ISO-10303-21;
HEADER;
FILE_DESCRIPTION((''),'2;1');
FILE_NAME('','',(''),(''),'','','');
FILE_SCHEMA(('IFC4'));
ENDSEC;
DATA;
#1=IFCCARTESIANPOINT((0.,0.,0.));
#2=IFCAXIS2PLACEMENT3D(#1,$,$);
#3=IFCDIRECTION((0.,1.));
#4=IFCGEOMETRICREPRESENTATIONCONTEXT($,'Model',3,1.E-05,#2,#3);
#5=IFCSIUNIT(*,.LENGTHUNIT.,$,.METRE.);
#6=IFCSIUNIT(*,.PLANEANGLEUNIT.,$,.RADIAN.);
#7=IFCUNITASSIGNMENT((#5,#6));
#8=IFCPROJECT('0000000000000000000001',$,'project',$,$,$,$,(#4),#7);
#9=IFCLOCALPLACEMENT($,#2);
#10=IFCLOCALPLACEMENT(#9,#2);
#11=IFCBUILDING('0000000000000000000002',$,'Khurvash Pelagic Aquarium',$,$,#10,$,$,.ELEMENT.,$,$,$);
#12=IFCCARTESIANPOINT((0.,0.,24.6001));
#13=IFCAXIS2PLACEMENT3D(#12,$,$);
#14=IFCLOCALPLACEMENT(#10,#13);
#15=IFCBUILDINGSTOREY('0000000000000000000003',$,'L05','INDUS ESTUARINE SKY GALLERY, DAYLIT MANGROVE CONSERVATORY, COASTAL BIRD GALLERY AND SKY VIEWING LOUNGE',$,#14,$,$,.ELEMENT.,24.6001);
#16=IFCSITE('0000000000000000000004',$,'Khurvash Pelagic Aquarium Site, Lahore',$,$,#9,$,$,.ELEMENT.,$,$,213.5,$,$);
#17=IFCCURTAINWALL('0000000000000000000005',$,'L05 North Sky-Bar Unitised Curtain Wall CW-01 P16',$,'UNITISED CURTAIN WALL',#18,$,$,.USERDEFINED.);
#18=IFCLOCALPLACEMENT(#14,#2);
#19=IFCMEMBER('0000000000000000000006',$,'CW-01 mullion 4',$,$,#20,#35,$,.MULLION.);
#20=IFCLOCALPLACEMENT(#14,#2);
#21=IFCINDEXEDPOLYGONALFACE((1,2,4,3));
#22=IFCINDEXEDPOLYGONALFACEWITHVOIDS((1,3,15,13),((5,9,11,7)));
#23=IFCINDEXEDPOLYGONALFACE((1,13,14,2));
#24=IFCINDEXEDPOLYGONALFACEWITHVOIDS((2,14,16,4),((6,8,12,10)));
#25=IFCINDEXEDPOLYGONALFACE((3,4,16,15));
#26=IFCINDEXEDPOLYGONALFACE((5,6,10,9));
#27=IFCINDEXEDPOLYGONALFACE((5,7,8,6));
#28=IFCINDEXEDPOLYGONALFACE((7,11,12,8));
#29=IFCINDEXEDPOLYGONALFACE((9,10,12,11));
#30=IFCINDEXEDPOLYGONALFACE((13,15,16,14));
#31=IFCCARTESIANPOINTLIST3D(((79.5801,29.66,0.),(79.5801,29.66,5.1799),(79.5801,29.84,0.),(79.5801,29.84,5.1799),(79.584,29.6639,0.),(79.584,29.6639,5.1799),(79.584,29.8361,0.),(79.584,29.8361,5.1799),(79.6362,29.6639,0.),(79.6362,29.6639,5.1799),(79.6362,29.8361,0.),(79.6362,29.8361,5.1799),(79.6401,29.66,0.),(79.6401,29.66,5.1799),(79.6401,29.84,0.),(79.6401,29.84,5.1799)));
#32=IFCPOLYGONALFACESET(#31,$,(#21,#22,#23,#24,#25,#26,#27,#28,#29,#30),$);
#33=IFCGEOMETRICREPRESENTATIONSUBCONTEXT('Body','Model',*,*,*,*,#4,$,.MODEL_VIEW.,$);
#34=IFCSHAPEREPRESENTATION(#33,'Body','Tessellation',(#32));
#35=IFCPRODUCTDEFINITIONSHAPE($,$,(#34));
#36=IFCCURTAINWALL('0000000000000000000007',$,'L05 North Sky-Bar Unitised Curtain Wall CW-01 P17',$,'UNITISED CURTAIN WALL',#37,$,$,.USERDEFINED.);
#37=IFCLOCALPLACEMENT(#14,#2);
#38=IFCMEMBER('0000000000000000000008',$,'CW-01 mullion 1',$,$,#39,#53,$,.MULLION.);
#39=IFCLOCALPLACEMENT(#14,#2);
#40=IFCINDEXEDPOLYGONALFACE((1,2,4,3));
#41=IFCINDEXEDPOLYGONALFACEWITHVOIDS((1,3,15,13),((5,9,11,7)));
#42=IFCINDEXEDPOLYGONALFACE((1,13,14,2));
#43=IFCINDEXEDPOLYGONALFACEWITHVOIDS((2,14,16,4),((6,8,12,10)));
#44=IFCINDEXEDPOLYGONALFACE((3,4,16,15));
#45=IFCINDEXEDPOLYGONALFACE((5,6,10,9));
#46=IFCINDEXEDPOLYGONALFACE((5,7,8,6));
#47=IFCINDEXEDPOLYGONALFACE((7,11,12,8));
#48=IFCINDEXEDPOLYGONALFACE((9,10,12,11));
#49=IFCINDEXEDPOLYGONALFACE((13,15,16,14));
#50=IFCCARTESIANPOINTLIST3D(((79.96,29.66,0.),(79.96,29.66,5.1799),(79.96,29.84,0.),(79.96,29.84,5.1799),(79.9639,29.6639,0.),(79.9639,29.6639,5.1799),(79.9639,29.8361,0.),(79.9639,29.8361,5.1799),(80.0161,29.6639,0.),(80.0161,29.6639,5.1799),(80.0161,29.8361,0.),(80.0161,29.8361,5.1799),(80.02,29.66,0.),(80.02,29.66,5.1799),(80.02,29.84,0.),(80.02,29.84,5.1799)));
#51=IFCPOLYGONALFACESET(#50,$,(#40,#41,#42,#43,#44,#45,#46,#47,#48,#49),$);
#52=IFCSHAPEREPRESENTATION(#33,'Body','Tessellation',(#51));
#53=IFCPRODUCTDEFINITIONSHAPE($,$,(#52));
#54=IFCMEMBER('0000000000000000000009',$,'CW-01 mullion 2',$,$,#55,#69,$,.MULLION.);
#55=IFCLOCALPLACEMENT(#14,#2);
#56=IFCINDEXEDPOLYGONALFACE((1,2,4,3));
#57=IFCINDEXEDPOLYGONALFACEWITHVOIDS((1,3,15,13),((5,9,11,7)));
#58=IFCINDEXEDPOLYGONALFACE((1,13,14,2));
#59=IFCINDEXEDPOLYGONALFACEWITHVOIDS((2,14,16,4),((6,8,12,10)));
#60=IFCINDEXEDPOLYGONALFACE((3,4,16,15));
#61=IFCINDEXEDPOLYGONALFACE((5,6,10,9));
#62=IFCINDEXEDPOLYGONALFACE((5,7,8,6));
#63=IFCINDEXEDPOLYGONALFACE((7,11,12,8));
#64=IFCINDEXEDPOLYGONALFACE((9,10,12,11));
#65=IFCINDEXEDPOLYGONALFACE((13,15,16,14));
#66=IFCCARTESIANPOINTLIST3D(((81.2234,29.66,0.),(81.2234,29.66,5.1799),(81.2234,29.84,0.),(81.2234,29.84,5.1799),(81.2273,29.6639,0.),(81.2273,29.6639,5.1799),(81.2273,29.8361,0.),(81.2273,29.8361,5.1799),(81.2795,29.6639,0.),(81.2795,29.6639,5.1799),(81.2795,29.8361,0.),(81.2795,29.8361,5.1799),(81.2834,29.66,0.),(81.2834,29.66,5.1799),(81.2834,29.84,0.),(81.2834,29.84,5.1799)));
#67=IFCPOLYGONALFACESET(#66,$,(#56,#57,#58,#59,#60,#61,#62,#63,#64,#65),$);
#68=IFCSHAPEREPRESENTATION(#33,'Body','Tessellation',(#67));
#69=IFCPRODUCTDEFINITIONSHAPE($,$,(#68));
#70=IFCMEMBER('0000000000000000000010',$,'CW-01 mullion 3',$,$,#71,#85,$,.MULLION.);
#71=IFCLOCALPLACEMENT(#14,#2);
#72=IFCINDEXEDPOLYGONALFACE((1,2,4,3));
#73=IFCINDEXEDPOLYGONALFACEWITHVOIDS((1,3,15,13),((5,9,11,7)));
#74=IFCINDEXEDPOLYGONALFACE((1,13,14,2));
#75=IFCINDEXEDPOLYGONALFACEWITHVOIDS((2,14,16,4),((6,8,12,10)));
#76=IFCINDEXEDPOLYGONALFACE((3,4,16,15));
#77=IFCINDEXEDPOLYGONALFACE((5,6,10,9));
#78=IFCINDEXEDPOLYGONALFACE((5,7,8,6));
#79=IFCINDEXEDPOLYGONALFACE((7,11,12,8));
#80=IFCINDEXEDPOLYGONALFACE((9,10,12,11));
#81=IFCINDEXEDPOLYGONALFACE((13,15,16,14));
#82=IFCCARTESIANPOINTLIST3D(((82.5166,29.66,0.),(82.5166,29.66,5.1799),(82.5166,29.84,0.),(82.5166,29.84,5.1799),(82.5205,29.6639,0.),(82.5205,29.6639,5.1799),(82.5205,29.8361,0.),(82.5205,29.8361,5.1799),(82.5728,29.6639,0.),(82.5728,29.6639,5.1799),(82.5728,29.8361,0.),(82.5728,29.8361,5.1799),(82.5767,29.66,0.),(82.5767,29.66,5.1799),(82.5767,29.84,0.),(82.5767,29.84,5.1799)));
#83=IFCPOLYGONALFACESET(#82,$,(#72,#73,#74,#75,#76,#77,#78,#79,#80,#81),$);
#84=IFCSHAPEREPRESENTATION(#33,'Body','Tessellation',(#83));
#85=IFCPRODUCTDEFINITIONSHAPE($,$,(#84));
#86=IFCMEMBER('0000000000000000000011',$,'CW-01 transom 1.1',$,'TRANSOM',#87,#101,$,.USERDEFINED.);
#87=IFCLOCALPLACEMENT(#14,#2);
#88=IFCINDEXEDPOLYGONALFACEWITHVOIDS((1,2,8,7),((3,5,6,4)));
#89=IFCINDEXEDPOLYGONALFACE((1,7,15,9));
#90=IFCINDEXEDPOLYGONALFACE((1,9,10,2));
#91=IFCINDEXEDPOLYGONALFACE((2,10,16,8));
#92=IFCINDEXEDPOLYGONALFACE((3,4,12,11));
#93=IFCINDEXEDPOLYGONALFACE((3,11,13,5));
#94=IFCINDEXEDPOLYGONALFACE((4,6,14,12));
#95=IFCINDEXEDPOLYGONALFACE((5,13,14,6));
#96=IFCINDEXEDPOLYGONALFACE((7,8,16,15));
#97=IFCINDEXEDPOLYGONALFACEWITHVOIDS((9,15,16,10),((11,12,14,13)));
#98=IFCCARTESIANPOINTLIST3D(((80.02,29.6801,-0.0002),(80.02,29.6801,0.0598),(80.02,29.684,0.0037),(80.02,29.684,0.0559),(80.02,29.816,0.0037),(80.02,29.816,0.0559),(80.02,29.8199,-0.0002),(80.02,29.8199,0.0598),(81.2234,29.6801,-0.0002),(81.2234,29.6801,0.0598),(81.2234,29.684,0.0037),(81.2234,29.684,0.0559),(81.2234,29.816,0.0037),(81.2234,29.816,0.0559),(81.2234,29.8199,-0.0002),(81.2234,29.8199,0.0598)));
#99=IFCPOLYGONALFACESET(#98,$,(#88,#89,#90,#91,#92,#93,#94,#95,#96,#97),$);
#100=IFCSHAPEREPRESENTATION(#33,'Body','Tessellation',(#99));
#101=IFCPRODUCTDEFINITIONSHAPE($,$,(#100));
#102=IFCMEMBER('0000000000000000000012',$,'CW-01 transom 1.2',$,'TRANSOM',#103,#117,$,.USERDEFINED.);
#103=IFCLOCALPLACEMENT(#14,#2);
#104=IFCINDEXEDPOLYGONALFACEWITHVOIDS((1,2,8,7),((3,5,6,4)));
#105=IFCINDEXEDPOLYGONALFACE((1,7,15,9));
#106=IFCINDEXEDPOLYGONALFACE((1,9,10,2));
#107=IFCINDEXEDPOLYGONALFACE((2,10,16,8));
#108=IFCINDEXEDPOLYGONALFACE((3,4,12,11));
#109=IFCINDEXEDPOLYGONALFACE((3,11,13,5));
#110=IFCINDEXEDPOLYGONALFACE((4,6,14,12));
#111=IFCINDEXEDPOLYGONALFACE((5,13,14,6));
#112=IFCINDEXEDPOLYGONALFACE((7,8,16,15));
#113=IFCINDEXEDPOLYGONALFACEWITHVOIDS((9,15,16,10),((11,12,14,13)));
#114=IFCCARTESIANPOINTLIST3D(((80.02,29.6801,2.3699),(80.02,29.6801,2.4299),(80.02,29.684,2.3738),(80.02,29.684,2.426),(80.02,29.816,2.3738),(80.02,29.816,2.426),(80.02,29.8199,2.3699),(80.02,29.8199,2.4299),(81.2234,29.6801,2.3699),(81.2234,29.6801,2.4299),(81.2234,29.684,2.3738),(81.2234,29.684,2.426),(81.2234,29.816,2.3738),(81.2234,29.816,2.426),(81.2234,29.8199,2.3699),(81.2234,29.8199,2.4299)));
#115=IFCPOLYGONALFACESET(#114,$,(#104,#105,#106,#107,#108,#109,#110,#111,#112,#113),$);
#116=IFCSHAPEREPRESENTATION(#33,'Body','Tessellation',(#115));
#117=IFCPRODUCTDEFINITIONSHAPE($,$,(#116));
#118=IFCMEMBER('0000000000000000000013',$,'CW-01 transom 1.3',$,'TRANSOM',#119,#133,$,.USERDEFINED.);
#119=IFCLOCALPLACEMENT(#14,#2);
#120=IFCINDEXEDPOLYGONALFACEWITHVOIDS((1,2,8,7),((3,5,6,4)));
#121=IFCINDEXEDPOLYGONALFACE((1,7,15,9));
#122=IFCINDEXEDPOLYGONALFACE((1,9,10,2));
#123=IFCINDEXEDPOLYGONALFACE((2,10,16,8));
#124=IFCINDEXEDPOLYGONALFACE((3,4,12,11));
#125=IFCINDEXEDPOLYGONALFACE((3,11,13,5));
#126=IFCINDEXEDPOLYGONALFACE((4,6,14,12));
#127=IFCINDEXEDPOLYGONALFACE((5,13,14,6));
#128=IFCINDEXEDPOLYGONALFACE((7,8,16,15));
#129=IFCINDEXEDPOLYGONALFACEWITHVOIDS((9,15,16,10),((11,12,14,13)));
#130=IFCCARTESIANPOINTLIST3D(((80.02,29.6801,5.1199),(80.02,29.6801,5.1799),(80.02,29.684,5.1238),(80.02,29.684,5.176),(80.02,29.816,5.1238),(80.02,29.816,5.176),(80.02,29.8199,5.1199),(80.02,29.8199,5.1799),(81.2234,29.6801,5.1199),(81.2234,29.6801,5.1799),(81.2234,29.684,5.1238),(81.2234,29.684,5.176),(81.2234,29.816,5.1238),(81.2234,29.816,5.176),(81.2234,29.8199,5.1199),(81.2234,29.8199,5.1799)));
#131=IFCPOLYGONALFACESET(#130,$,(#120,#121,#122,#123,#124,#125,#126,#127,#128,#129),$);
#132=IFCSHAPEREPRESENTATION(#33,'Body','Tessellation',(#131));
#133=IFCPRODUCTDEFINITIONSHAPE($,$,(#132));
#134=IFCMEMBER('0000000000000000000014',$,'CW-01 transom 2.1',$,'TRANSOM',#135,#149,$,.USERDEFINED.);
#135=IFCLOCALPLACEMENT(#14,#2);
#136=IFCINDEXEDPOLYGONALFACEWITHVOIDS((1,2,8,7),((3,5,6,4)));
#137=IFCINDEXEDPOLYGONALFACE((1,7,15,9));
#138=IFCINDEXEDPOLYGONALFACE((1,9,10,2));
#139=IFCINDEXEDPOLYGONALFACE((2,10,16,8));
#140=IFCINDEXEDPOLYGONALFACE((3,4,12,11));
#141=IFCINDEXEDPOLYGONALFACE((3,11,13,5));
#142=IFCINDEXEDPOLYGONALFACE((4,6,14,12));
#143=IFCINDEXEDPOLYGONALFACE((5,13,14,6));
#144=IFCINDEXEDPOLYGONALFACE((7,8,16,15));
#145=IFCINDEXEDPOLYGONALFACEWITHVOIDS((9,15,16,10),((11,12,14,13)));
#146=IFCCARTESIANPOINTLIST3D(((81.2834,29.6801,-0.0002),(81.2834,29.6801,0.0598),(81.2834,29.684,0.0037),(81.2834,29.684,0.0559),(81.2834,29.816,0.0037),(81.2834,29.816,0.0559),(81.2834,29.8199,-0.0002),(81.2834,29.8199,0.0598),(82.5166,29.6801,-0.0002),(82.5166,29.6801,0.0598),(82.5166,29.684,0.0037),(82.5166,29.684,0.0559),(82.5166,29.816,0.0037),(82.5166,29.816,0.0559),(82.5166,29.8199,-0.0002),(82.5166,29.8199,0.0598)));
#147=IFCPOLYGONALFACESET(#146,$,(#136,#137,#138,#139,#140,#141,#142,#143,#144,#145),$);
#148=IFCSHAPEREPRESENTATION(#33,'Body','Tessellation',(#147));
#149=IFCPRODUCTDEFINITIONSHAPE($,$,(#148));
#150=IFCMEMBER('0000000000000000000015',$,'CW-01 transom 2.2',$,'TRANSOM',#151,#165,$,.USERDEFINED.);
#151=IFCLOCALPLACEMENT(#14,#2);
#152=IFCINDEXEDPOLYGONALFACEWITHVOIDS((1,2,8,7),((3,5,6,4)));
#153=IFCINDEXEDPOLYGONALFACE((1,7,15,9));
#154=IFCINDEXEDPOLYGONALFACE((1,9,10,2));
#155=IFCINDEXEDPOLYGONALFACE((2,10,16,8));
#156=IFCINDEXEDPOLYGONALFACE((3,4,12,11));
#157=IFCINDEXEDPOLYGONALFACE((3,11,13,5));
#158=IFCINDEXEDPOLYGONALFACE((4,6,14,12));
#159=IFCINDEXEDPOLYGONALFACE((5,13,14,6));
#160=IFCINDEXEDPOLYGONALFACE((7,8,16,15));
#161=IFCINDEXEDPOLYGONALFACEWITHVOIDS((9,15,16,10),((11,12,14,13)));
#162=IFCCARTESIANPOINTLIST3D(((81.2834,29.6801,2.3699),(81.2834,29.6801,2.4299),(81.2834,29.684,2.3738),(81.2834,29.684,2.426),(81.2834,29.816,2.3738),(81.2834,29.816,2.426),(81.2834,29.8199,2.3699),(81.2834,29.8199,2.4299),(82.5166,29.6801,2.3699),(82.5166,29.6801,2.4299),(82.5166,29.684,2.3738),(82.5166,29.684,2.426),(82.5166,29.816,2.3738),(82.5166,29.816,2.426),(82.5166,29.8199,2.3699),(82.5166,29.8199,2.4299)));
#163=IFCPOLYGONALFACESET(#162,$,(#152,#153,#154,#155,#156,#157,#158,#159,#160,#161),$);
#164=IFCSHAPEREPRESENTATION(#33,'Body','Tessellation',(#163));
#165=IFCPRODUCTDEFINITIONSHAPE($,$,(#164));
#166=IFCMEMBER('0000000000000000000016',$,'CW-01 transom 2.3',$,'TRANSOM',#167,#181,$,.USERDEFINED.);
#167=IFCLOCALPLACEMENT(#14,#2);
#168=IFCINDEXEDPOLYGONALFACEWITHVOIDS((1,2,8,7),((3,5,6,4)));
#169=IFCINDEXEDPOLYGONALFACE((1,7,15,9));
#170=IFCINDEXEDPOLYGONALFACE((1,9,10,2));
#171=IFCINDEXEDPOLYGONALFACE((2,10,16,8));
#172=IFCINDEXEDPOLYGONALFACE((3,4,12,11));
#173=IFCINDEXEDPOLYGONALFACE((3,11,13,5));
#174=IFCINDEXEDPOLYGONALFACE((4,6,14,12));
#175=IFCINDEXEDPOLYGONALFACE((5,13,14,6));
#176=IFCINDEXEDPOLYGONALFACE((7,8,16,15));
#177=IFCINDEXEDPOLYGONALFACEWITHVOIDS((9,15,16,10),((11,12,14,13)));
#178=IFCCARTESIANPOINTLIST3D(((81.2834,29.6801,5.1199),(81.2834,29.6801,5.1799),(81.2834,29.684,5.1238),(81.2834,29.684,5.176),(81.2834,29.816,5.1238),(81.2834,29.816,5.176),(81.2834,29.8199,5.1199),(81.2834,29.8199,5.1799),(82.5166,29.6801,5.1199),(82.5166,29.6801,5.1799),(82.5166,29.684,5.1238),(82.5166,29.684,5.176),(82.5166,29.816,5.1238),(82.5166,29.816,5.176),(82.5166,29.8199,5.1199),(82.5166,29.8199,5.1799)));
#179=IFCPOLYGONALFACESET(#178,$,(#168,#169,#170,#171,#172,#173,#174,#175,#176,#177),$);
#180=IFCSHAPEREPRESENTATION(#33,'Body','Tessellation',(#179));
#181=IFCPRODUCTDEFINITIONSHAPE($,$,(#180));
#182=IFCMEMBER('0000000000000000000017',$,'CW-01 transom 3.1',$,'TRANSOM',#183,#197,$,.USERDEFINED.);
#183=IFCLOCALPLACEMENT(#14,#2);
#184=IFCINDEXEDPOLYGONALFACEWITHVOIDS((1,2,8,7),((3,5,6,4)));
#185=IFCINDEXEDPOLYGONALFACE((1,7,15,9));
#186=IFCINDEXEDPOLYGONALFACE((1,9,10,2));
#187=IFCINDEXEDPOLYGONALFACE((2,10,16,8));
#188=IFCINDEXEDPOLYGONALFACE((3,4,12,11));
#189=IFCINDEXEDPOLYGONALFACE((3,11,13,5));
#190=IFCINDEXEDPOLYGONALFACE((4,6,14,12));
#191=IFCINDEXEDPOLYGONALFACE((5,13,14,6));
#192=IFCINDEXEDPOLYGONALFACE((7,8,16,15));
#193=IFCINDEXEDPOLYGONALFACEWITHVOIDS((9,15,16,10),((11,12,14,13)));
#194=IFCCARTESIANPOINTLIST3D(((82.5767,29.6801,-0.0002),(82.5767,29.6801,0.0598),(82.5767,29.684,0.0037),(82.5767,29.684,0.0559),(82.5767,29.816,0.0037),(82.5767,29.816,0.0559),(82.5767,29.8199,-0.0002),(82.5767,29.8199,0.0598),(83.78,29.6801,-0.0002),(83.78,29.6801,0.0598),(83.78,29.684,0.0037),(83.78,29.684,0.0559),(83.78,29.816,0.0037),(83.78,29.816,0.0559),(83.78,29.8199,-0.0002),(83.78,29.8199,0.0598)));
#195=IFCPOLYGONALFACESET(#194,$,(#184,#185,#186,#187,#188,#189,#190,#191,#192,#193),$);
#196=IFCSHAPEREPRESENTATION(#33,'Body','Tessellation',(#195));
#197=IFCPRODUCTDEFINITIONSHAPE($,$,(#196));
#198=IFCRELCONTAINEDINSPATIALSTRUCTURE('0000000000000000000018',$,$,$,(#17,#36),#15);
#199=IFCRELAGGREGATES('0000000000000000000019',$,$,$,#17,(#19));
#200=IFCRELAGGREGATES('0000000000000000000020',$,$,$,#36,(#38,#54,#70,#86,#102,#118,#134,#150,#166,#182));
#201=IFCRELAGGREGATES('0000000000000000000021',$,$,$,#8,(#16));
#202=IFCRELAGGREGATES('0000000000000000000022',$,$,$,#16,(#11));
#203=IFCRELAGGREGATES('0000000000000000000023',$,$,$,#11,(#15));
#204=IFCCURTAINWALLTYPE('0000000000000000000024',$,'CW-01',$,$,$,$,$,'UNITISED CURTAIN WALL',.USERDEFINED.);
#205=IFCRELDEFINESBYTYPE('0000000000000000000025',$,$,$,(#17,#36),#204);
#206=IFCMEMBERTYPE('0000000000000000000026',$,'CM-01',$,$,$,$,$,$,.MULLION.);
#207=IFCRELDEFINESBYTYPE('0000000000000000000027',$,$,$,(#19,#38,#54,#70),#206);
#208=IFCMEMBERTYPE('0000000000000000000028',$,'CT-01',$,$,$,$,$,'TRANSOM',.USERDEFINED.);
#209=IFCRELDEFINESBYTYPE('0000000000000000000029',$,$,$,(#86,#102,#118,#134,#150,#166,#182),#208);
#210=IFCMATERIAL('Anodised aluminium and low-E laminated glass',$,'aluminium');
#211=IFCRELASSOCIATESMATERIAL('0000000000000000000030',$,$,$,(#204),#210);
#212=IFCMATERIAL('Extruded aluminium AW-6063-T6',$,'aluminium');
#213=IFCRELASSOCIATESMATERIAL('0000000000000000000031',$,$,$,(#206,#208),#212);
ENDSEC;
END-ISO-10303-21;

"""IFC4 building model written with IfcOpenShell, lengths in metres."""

from ifc_helpers import new_model, si_unit, direction, frame, origin, origin_2d, place, context, subcontext, project, spatial, hollow_rectangle, extrude, material, material_profile, profile_set, type_object, element, aggregate, save


model = new_model("IFC4")

# Units and contexts
model_context = context("Model", 3, precision=1e-05, world=origin(), true_north=direction((0.0, 1.0)))
body_context = subcontext(model_context, "Body", "Model", "MODEL_VIEW")
ifc_project = project(units=[si_unit("LENGTHUNIT", "METRE"), si_unit("PLANEANGLEUNIT", "RADIAN")], contexts=[model_context])

# Site, building, storey
site_placement = place(None, origin())
site = spatial("IfcSite", under=ifc_project, at=site_placement, Name="Khurvash Pelagic Aquarium Site, Lahore", CompositionType="ELEMENT", RefElevation=213.5)
building_placement = place(site_placement, origin())
building = spatial("IfcBuilding", under=site, at=building_placement, Name="Khurvash Pelagic Aquarium", CompositionType="ELEMENT")
storey_placement = place(building_placement, frame((0.0, 0.0, 24.6001)))
storey = spatial("IfcBuildingStorey", under=building, at=storey_placement, Name="L05", Description="INDUS ESTUARINE SKY GALLERY, DAYLIT MANGROVE CONSERVATORY, COASTAL BIRD GALLERY AND SKY VIEWING LOUNGE", CompositionType="ELEMENT", Elevation=24.6001)

# Curtain wall, member
ifc_material_1 = material(Name="Anodised aluminium and low-E laminated glass", Category="aluminium")
curtain_wall_type = type_object("IfcCurtainWallType", Name="CW-01", ElementType="UNITISED CURTAIN WALL", PredefinedType="USERDEFINED", material=ifc_material_1)
curtain_wall_1_placement = place(storey_placement, origin())
curtain_wall_1 = element("IfcCurtainWall", 1, at=curtain_wall_1_placement, inside=storey, type_object=curtain_wall_type, Name="L05 North Sky-Bar Unitised Curtain Wall CW-01 P16", ObjectType="UNITISED CURTAIN WALL", PredefinedType="USERDEFINED")
ifc_material_2 = material(Name="Extruded aluminium AW-6063-T6", Category="aluminium")
ifc_material_profile_1 = material_profile(ifc_material_2, hollow_rectangle(XDim=0.0601, YDim=0.1799, WallThickness=0.0039, at=origin_2d()), Name="CWM60X180X4")
ifc_profile_set_1 = profile_set([ifc_material_profile_1], Name="Extruded aluminium AW-6063-T6")
member_type_1 = type_object("IfcMemberType", Name="CM-01", PredefinedType="MULLION", material=ifc_profile_set_1)
member_1_placement = place(storey_placement, frame((79.6101, 29.75, 0.0), z_axis=(0.0, 0.0, 1.0), x_axis=(1.0, 0.0, 0.0)))
member_1 = element("IfcMember", 2, at=member_1_placement, type_object=member_type_1, Name="CW-01 mullion 4", PredefinedType="MULLION", context=body_context, shape_type="SweptSolid", body=[
    extrude(hollow_rectangle(XDim=0.0601, YDim=0.1799, WallThickness=0.0039, at=origin_2d()), origin(), (0.0, 0.0, 1.0), 5.1799),
])

# Curtain wall, members
curtain_wall_2_placement = place(storey_placement, origin())
curtain_wall_2 = element("IfcCurtainWall", 3, at=curtain_wall_2_placement, inside=storey, type_object=curtain_wall_type, Name="L05 North Sky-Bar Unitised Curtain Wall CW-01 P17", ObjectType="UNITISED CURTAIN WALL", PredefinedType="USERDEFINED")
member_2_placement = place(storey_placement, frame((79.99, 29.75, 0.0), z_axis=(0.0, 0.0, 1.0), x_axis=(1.0, 0.0, 0.0)))
member_2 = element("IfcMember", 4, at=member_2_placement, type_object=member_type_1, Name="CW-01 mullion 1", PredefinedType="MULLION", context=body_context, shape_type="SweptSolid", body=[
    extrude(hollow_rectangle(XDim=0.0601, YDim=0.1799, WallThickness=0.0039, at=origin_2d()), origin(), (0.0, 0.0, 1.0), 5.1799),
])
member_3_placement = place(storey_placement, frame((81.2534, 29.75, 0.0), z_axis=(0.0, 0.0, 1.0), x_axis=(1.0, 0.0, 0.0)))
member_3 = element("IfcMember", 5, at=member_3_placement, type_object=member_type_1, Name="CW-01 mullion 2", PredefinedType="MULLION", context=body_context, shape_type="SweptSolid", body=[
    extrude(hollow_rectangle(XDim=0.0601, YDim=0.1799, WallThickness=0.0039, at=origin_2d()), origin(), (0.0, 0.0, 1.0), 5.1799),
])
member_4_placement = place(storey_placement, frame((82.5466, 29.75, 0.0), z_axis=(0.0, 0.0, 1.0), x_axis=(1.0, 0.0, 0.0)))
member_4 = element("IfcMember", 6, at=member_4_placement, type_object=member_type_1, Name="CW-01 mullion 3", PredefinedType="MULLION", context=body_context, shape_type="SweptSolid", body=[
    extrude(hollow_rectangle(XDim=0.0601, YDim=0.1799, WallThickness=0.0039, at=origin_2d()), origin(), (0.0, 0.0, 1.0), 5.1799),
])
ifc_material_profile_2 = material_profile(ifc_material_2, hollow_rectangle(XDim=0.1399, YDim=0.0601, WallThickness=0.0039, at=origin_2d()), Name="CWT140X60X4")
ifc_profile_set_2 = profile_set([ifc_material_profile_2], Name="Extruded aluminium AW-6063-T6")
member_type_2 = type_object("IfcMemberType", Name="CT-01", ElementType="TRANSOM", PredefinedType="USERDEFINED", material=ifc_profile_set_2)
member_5_placement = place(storey_placement, frame((80.02, 29.75, 0.0298), z_axis=(1.0, 0.0, 0.0), x_axis=(0.0, 1.0, 0.0)))
member_5 = element("IfcMember", 7, at=member_5_placement, type_object=member_type_2, Name="CW-01 transom 1.1", ObjectType="TRANSOM", PredefinedType="USERDEFINED", context=body_context, shape_type="SweptSolid", body=[
    extrude(hollow_rectangle(XDim=0.1399, YDim=0.0601, WallThickness=0.0039, at=origin_2d()), origin(), (0.0, 0.0, 1.0), 1.2034),
])
member_6_placement = place(storey_placement, frame((80.02, 29.75, 2.3999), z_axis=(1.0, 0.0, 0.0), x_axis=(0.0, 1.0, 0.0)))
member_6 = element("IfcMember", 8, at=member_6_placement, type_object=member_type_2, Name="CW-01 transom 1.2", ObjectType="TRANSOM", PredefinedType="USERDEFINED", context=body_context, shape_type="SweptSolid", body=[
    extrude(hollow_rectangle(XDim=0.1399, YDim=0.0601, WallThickness=0.0039, at=origin_2d()), origin(), (0.0, 0.0, 1.0), 1.2034),
])
member_7_placement = place(storey_placement, frame((80.02, 29.75, 5.1499), z_axis=(1.0, 0.0, 0.0), x_axis=(0.0, 1.0, 0.0)))
member_7 = element("IfcMember", 9, at=member_7_placement, type_object=member_type_2, Name="CW-01 transom 1.3", ObjectType="TRANSOM", PredefinedType="USERDEFINED", context=body_context, shape_type="SweptSolid", body=[
    extrude(hollow_rectangle(XDim=0.1399, YDim=0.0601, WallThickness=0.0039, at=origin_2d()), origin(), (0.0, 0.0, 1.0), 1.2034),
])
member_8_placement = place(storey_placement, frame((81.2834, 29.75, 0.0298), z_axis=(1.0, 0.0, 0.0), x_axis=(0.0, 1.0, 0.0)))
member_8 = element("IfcMember", 10, at=member_8_placement, type_object=member_type_2, Name="CW-01 transom 2.1", ObjectType="TRANSOM", PredefinedType="USERDEFINED", context=body_context, shape_type="SweptSolid", body=[
    extrude(hollow_rectangle(XDim=0.1399, YDim=0.0601, WallThickness=0.0039, at=origin_2d()), origin(), (0.0, 0.0, 1.0), 1.2332),
])
member_9_placement = place(storey_placement, frame((81.2834, 29.75, 2.3999), z_axis=(1.0, 0.0, 0.0), x_axis=(0.0, 1.0, 0.0)))
member_9 = element("IfcMember", 11, at=member_9_placement, type_object=member_type_2, Name="CW-01 transom 2.2", ObjectType="TRANSOM", PredefinedType="USERDEFINED", context=body_context, shape_type="SweptSolid", body=[
    extrude(hollow_rectangle(XDim=0.1399, YDim=0.0601, WallThickness=0.0039, at=origin_2d()), origin(), (0.0, 0.0, 1.0), 1.2332),
])
member_10_placement = place(storey_placement, frame((81.2834, 29.75, 5.1499), z_axis=(1.0, 0.0, 0.0), x_axis=(0.0, 1.0, 0.0)))
member_10 = element("IfcMember", 12, at=member_10_placement, type_object=member_type_2, Name="CW-01 transom 2.3", ObjectType="TRANSOM", PredefinedType="USERDEFINED", context=body_context, shape_type="SweptSolid", body=[
    extrude(hollow_rectangle(XDim=0.1399, YDim=0.0601, WallThickness=0.0039, at=origin_2d()), origin(), (0.0, 0.0, 1.0), 1.2332),
])
member_11_placement = place(storey_placement, frame((82.5767, 29.75, 0.0298), z_axis=(1.0, 0.0, 0.0), x_axis=(0.0, 1.0, 0.0)))
member_11 = element("IfcMember", 13, at=member_11_placement, type_object=member_type_2, Name="CW-01 transom 3.1", ObjectType="TRANSOM", PredefinedType="USERDEFINED", context=body_context, shape_type="SweptSolid", body=[
    extrude(hollow_rectangle(XDim=0.1399, YDim=0.0601, WallThickness=0.0039, at=origin_2d()), origin(), (0.0, 0.0, 1.0), 1.2034),
])

aggregate(curtain_wall_1, [member_1])
aggregate(curtain_wall_2, [member_2, member_3, member_4, member_5, member_6, member_7, member_8, member_9, member_10, member_11])

save(model, "model.ifc")
